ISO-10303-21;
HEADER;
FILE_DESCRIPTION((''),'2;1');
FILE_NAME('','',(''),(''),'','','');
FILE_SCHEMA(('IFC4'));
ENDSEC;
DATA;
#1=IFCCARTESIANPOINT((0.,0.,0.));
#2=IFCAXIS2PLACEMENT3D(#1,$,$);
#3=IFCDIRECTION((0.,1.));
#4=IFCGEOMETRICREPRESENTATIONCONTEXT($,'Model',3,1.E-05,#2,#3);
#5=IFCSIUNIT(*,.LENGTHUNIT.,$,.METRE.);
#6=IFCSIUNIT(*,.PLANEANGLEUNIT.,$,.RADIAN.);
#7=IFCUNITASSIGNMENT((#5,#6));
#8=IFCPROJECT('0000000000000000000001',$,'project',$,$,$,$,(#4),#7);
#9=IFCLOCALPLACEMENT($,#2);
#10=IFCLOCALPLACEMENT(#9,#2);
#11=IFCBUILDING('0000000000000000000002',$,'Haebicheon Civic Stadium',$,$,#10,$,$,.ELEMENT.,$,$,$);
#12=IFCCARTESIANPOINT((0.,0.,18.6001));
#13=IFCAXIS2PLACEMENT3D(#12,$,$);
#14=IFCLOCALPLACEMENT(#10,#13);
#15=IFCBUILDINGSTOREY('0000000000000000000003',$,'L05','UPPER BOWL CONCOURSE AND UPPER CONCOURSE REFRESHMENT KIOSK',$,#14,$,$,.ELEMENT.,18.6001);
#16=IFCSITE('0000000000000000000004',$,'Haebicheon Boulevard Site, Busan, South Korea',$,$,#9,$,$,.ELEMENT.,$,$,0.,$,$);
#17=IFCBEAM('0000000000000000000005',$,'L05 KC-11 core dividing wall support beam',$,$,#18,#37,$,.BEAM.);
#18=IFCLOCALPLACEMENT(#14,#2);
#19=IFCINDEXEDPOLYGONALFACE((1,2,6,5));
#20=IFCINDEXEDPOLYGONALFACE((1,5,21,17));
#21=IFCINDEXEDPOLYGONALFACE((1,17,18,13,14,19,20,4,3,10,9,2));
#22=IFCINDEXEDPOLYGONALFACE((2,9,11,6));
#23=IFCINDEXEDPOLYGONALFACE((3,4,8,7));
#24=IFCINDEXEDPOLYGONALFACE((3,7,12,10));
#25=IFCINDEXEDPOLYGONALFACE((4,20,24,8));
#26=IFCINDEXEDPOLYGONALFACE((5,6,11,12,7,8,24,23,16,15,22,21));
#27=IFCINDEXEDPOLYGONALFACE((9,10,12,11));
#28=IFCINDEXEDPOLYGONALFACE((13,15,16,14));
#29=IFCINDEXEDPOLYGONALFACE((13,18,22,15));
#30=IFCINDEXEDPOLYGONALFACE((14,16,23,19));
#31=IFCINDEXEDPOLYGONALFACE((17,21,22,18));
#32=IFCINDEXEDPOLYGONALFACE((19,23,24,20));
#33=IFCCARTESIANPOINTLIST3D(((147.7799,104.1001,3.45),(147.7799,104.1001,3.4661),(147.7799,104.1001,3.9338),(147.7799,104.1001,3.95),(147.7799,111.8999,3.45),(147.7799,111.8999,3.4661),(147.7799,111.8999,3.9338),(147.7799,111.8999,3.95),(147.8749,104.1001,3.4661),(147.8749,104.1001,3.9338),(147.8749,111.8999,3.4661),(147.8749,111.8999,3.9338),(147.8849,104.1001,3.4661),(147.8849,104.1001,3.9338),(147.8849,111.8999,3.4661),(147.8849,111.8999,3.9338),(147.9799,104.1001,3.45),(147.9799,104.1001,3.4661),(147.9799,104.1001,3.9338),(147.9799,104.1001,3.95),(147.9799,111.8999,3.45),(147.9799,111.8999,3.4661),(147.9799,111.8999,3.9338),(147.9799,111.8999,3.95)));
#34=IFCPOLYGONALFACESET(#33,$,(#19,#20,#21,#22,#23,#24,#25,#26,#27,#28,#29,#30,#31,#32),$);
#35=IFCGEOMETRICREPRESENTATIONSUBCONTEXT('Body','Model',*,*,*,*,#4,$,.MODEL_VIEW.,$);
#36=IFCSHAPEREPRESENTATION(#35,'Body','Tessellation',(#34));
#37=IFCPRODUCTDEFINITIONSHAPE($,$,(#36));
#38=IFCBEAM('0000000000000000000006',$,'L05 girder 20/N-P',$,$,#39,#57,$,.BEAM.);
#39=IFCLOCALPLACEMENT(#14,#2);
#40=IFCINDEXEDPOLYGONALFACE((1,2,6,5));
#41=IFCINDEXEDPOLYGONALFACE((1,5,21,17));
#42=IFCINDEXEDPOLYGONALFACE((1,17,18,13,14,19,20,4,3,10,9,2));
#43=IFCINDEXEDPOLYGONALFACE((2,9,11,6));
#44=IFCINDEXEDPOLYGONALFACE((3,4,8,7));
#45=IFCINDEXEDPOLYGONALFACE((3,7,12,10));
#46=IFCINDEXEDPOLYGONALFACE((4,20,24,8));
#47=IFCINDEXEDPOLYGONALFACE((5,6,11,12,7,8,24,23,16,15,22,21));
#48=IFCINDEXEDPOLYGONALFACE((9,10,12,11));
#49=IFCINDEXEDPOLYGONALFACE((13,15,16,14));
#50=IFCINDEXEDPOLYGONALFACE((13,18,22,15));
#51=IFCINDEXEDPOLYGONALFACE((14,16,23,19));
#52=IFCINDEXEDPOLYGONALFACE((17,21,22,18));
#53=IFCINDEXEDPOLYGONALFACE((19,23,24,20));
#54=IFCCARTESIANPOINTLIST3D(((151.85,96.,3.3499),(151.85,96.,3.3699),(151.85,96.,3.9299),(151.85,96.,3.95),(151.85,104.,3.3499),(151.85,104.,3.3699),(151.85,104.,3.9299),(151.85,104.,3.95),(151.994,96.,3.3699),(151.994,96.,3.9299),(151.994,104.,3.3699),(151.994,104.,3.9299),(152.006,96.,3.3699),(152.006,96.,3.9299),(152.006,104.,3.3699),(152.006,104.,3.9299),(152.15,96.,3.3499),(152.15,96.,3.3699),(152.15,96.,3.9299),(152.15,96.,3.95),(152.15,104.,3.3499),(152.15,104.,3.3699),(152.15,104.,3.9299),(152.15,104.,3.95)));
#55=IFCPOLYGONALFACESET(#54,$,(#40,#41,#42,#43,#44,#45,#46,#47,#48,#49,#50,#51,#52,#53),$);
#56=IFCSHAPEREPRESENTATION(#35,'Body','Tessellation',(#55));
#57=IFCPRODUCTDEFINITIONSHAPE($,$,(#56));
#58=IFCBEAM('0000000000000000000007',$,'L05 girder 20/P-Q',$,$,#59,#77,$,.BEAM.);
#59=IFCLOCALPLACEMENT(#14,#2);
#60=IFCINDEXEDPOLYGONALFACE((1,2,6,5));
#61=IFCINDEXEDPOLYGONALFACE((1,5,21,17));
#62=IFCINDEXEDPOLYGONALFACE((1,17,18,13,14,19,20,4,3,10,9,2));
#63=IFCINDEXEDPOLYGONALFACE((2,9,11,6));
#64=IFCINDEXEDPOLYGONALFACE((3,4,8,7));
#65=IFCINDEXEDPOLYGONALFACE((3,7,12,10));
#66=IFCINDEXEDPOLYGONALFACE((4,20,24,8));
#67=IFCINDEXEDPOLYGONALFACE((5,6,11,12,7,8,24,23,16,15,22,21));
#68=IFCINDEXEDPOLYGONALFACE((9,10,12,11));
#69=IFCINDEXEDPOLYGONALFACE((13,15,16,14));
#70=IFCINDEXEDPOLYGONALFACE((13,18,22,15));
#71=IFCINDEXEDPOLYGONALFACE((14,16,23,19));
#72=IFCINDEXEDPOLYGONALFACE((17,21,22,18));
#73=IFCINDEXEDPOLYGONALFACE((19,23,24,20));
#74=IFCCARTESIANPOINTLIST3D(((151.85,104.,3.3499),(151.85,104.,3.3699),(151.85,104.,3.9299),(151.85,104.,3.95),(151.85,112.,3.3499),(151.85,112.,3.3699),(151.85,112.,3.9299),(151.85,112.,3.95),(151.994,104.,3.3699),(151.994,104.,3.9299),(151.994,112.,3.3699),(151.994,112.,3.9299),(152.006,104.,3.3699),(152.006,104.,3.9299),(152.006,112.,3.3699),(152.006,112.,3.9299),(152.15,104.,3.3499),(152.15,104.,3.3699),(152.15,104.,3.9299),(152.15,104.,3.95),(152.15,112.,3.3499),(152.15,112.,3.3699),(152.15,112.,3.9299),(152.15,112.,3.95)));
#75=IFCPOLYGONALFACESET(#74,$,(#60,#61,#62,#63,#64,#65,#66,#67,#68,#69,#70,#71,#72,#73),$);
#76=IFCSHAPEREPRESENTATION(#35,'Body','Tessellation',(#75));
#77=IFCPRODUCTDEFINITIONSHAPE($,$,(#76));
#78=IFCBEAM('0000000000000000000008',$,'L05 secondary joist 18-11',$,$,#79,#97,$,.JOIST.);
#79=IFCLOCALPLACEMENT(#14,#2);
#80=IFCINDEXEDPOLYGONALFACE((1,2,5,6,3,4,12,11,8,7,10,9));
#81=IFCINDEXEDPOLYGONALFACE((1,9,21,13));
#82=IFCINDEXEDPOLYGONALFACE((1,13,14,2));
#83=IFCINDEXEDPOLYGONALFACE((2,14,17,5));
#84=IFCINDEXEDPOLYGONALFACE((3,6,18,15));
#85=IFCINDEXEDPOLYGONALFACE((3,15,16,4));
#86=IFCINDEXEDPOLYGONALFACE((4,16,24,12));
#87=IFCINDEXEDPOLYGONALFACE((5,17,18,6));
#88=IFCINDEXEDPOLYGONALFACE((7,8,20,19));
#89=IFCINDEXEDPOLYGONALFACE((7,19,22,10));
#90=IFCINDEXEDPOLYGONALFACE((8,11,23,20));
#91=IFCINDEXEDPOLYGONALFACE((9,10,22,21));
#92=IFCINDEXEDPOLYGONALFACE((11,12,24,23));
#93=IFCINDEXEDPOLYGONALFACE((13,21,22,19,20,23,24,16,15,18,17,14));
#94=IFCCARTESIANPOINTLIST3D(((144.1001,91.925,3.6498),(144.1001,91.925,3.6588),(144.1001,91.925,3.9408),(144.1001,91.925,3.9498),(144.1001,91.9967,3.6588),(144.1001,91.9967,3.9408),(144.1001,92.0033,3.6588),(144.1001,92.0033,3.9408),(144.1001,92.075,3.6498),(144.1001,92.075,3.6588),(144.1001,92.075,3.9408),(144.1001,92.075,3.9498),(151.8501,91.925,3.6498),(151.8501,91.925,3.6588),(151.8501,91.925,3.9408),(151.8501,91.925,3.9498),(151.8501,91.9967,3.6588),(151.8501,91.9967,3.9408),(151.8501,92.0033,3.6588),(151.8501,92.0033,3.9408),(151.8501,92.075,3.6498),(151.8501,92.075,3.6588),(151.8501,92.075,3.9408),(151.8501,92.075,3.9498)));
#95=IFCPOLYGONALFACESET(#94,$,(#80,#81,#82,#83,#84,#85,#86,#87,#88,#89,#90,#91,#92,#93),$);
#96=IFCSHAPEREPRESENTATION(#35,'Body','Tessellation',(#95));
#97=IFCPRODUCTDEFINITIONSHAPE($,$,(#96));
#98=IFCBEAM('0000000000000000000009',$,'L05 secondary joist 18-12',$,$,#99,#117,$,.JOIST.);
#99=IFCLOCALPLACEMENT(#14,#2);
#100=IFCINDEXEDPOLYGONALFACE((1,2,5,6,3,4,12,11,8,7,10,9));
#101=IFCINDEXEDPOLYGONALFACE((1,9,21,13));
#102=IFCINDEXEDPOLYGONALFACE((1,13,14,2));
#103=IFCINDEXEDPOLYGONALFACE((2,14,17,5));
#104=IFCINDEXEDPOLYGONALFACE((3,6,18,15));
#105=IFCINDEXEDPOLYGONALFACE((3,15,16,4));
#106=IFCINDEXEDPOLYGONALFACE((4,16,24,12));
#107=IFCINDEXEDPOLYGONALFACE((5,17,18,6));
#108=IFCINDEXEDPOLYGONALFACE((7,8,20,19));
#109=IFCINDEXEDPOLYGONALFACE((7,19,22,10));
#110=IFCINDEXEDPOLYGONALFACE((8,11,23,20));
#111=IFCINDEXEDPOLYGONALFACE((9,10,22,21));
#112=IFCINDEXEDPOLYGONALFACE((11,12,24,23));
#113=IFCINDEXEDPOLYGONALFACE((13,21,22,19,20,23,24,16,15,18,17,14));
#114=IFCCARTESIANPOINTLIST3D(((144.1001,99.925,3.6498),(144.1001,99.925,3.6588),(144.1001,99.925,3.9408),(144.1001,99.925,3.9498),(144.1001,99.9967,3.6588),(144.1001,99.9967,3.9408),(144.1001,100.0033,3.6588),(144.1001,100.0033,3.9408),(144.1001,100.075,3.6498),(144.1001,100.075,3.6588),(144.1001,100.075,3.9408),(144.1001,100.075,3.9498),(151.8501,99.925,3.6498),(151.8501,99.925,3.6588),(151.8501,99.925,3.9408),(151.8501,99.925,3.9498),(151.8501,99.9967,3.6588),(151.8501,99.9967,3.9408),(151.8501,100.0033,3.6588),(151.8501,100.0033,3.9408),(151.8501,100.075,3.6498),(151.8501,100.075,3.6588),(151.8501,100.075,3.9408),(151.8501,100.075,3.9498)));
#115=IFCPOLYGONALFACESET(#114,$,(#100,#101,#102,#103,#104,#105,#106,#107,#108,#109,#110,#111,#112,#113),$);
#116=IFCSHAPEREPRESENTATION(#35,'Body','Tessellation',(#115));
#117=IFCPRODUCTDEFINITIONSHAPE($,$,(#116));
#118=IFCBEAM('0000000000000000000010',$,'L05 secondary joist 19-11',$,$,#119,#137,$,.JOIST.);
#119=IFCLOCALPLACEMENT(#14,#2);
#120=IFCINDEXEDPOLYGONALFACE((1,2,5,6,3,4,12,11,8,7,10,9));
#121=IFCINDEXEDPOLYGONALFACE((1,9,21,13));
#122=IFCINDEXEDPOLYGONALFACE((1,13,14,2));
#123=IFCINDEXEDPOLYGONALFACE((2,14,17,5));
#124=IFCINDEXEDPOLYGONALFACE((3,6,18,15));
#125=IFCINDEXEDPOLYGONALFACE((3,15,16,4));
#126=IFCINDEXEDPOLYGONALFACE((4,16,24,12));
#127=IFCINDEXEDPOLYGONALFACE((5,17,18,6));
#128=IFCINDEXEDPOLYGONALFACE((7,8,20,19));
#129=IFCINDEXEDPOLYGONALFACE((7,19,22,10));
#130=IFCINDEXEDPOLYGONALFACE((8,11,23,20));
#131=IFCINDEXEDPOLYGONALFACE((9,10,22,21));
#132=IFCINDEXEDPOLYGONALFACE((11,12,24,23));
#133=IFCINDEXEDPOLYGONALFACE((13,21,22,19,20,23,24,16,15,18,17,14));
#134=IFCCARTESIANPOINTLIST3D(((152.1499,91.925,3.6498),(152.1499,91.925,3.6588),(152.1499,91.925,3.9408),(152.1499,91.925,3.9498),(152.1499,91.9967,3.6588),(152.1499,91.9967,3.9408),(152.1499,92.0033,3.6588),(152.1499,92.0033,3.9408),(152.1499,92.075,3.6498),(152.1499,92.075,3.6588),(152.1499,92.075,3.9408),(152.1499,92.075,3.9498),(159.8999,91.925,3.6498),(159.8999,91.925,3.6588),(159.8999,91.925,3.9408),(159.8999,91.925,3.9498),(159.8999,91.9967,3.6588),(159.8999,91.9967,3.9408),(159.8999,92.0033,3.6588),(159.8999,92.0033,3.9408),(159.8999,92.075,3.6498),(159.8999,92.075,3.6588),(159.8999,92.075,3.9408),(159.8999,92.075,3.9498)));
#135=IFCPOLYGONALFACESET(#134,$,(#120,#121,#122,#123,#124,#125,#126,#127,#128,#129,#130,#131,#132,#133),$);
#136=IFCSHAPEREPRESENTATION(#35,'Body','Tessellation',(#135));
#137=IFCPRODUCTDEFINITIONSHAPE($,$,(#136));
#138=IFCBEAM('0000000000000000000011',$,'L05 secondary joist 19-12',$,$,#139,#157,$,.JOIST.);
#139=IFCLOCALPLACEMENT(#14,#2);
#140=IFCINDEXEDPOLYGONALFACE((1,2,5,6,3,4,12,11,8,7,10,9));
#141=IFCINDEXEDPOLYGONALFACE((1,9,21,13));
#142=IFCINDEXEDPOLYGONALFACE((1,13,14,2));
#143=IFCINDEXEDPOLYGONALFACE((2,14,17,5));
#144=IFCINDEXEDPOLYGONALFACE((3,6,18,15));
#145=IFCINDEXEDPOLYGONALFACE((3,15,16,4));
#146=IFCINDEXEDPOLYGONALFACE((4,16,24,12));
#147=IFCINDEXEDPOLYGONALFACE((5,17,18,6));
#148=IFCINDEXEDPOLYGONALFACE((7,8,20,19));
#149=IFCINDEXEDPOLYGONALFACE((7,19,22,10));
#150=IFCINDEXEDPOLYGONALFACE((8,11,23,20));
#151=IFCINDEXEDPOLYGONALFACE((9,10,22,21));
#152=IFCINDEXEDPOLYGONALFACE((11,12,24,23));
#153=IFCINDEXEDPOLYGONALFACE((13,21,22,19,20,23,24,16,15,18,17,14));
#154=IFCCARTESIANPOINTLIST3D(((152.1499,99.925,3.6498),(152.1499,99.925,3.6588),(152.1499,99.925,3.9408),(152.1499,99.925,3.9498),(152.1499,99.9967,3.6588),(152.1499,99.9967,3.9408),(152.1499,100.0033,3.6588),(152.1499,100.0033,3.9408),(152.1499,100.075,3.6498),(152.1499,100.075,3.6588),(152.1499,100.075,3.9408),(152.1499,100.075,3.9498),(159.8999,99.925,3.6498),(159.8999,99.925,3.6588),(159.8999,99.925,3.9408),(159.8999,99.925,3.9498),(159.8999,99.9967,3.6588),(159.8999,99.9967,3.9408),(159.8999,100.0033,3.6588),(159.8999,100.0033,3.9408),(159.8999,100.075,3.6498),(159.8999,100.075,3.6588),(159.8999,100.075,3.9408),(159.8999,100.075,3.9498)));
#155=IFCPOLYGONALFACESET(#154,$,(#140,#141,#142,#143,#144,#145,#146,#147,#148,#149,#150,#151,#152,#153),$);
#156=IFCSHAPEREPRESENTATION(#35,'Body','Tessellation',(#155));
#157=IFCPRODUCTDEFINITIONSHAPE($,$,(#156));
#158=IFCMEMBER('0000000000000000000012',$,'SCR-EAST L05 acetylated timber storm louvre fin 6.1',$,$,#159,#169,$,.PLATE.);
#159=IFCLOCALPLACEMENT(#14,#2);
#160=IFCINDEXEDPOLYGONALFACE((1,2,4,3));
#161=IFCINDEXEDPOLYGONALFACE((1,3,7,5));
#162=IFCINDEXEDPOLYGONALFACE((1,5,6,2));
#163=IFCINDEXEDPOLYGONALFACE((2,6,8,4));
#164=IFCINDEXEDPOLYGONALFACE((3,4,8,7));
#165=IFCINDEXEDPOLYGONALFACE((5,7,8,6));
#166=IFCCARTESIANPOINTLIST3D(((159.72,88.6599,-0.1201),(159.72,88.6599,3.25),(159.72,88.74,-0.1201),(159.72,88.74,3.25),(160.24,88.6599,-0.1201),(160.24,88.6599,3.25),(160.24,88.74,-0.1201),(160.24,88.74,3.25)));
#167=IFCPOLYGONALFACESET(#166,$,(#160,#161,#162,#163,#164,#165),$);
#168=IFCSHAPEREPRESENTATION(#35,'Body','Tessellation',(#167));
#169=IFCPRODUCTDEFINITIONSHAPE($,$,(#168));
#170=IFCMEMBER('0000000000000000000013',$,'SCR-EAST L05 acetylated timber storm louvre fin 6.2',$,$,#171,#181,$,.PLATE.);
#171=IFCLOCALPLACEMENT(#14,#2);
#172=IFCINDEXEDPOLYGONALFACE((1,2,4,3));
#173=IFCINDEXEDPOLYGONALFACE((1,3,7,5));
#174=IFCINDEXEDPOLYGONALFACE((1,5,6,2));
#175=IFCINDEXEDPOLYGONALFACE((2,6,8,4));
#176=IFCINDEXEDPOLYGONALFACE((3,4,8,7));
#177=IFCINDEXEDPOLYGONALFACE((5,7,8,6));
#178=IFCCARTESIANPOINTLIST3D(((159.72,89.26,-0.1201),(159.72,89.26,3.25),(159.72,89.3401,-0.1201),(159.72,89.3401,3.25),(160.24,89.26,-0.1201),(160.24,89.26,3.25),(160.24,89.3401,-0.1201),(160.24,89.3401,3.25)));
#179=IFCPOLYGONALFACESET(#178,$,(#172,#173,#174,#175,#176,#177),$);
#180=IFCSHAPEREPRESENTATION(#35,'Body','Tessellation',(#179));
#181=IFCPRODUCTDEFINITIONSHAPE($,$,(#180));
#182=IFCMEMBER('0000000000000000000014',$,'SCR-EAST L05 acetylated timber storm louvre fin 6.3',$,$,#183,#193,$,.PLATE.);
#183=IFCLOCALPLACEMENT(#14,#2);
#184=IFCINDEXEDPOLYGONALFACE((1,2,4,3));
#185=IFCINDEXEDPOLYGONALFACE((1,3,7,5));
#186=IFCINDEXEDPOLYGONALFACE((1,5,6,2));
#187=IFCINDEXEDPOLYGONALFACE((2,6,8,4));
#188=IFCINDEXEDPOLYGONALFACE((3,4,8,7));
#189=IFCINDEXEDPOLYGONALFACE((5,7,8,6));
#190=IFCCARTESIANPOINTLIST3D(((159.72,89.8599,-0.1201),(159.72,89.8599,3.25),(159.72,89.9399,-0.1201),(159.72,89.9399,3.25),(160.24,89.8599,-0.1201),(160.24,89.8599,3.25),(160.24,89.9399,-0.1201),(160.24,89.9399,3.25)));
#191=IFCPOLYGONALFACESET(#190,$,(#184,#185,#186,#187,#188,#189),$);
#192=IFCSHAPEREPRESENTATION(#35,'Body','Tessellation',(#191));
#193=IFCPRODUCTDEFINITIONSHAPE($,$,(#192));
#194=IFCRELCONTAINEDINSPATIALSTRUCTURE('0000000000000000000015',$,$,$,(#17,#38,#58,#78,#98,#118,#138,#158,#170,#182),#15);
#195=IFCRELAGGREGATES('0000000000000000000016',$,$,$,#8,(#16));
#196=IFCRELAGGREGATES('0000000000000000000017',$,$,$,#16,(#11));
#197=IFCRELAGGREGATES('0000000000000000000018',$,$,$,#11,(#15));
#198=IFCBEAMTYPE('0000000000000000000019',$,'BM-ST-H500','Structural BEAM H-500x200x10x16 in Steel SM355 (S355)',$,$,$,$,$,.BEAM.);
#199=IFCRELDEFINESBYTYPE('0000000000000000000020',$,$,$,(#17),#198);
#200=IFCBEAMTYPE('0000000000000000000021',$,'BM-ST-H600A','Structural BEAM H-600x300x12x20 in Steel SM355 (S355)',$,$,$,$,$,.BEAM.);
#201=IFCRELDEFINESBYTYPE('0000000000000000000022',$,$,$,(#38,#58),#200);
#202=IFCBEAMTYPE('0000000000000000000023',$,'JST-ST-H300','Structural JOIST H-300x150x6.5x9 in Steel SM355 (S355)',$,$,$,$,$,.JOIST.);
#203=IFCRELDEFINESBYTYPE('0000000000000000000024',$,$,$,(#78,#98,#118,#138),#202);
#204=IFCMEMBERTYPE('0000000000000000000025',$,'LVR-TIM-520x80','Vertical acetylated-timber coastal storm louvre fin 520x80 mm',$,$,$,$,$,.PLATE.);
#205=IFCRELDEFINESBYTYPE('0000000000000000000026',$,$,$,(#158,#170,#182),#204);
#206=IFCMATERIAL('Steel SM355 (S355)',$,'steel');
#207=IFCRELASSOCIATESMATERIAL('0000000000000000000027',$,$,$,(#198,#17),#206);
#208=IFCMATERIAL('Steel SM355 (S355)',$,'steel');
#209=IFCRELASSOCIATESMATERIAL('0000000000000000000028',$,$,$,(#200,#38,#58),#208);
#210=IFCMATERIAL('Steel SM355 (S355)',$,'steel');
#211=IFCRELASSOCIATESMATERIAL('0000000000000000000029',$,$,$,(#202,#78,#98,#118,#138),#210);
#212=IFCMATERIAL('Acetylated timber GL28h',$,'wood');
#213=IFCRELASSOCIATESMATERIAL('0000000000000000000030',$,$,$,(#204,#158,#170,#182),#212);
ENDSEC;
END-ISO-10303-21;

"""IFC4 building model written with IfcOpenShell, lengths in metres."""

from ifc_helpers import new_model, si_unit, direction, frame, origin, origin_2d, place, context, subcontext, project, spatial, rectangle, i_section, extrude, material, material_profile, profile_set, type_object, element, save


model = new_model("IFC4")

# Units and contexts
model_context = context("Model", 3, precision=1e-05, world=origin(), true_north=direction((0.0, 1.0)))
body_context = subcontext(model_context, "Body", "Model", "MODEL_VIEW")
ifc_project = project(units=[si_unit("LENGTHUNIT", "METRE"), si_unit("PLANEANGLEUNIT", "RADIAN")], contexts=[model_context])

# Site, building, storey
site_placement = place(None, origin())
site = spatial("IfcSite", under=ifc_project, at=site_placement, Name="Haebicheon Boulevard Site, Busan, South Korea", CompositionType="ELEMENT", RefElevation=0.0)
building_placement = place(site_placement, origin())
building = spatial("IfcBuilding", under=site, at=building_placement, Name="Haebicheon Civic Stadium", CompositionType="ELEMENT")
storey_placement = place(building_placement, frame((0.0, 0.0, 18.6001)))
storey = spatial("IfcBuildingStorey", under=building, at=storey_placement, Name="L05", Description="UPPER BOWL CONCOURSE AND UPPER CONCOURSE REFRESHMENT KIOSK", CompositionType="ELEMENT", Elevation=18.6001)

# Beams
ifc_material_1 = material(Name="Steel SM355 (S355)", Category="steel")
ifc_material_profile_1 = material_profile(ifc_material_1, i_section(OverallWidth=0.2, OverallDepth=0.5, WebThickness=0.01, FlangeThickness=0.0161, at=origin_2d()), Name="H-500x200x10x16")
ifc_profile_set_1 = profile_set([ifc_material_profile_1], Name="Steel SM355 (S355)")
beam_type_1 = type_object("IfcBeamType", Name="BM-ST-H500", Description="Structural BEAM H-500x200x10x16 in Steel SM355 (S355)", PredefinedType="BEAM", material=ifc_profile_set_1)
beam_placement = place(storey_placement, frame((147.8799, 104.1001, 3.7), z_axis=(0.0, 1.0, 0.0), x_axis=(-1.0, 0.0, 0.0)))
element("IfcBeam", 1, at=beam_placement, inside=storey, type_object=beam_type_1, material=ifc_profile_set_1, Name="L05 KC-11 core dividing wall support beam", PredefinedType="BEAM", context=body_context, shape_type="SweptSolid", body=[
    extrude(i_section(OverallWidth=0.2, OverallDepth=0.5, WebThickness=0.01, FlangeThickness=0.0161, at=origin_2d()), origin(), (0.0, 0.0, 1.0), 7.7998),
])
ifc_material_2 = material(Name="Steel SM355 (S355)", Category="steel")
ifc_material_profile_2 = material_profile(ifc_material_2, i_section(OverallWidth=0.3, OverallDepth=0.6001, WebThickness=0.012, FlangeThickness=0.02, at=origin_2d()), Name="H-600x300x12x20")
ifc_profile_set_2 = profile_set([ifc_material_profile_2], Name="Steel SM355 (S355)")
beam_type_2 = type_object("IfcBeamType", Name="BM-ST-H600A", Description="Structural BEAM H-600x300x12x20 in Steel SM355 (S355)", PredefinedType="BEAM", material=ifc_profile_set_2)
for number, where, z_axis, x_axis, name in (
    (2, (152.0, 96.0, 3.6499), (0.0, 1.0, 0.0), (-1.0, 0.0, 0.0), "L05 girder 20/N-P"),
    (3, (152.0, 104.0, 3.6499), (0.0, 1.0, 0.0), (-1.0, 0.0, 0.0), "L05 girder 20/P-Q"),
):
    element("IfcBeam", number, at=place(storey_placement, frame(where, z_axis=z_axis, x_axis=x_axis)), inside=storey, type_object=beam_type_2, material=ifc_profile_set_2, Name=name, PredefinedType="BEAM", context=body_context, shape_type="SweptSolid", body=[
        extrude(i_section(OverallWidth=0.3, OverallDepth=0.6001, WebThickness=0.012, FlangeThickness=0.02, at=origin_2d()), origin(), (0.0, 0.0, 1.0), 8.0),
    ])
ifc_material_3 = material(Name="Steel SM355 (S355)", Category="steel")
ifc_material_profile_3 = material_profile(ifc_material_3, i_section(OverallWidth=0.1499, OverallDepth=0.3, WebThickness=0.0066, FlangeThickness=0.009, at=origin_2d()), Name="H-300x150x6.5x9")
ifc_profile_set_3 = profile_set([ifc_material_profile_3], Name="Steel SM355 (S355)")
beam_type_3 = type_object("IfcBeamType", Name="JST-ST-H300", Description="Structural JOIST H-300x150x6.5x9 in Steel SM355 (S355)", PredefinedType="JOIST", material=ifc_profile_set_3)
for number, where, z_axis, x_axis, name in (
    (4, (144.1001, 92.0, 3.7998), (1.0, 0.0, 0.0), (0.0, 1.0, 0.0), "L05 secondary joist 18-11"),
    (5, (144.1001, 100.0, 3.7998), (1.0, 0.0, 0.0), (0.0, 1.0, 0.0), "L05 secondary joist 18-12"),
    (6, (152.1499, 92.0, 3.7998), (1.0, 0.0, 0.0), (0.0, 1.0, 0.0), "L05 secondary joist 19-11"),
    (7, (152.1499, 100.0, 3.7998), (1.0, 0.0, 0.0), (0.0, 1.0, 0.0), "L05 secondary joist 19-12"),
):
    element("IfcBeam", number, at=place(storey_placement, frame(where, z_axis=z_axis, x_axis=x_axis)), inside=storey, type_object=beam_type_3, material=ifc_profile_set_3, Name=name, PredefinedType="JOIST", context=body_context, shape_type="SweptSolid", body=[
        extrude(i_section(OverallWidth=0.1499, OverallDepth=0.3, WebThickness=0.0066, FlangeThickness=0.009, at=origin_2d()), origin(), (0.0, 0.0, 1.0), 7.75),
    ])

# Members
ifc_material_4 = material(Name="Acetylated timber GL28h", Category="wood")
ifc_material_profile_4 = material_profile(ifc_material_4, rectangle(XDim=0.0801, YDim=0.52, at=origin_2d()), Name="TMB-LOUV-80x520")
ifc_profile_set_4 = profile_set([ifc_material_profile_4], Name="Acetylated timber GL28h")
member_type = type_object("IfcMemberType", Name="LVR-TIM-520x80", Description="Vertical acetylated-timber coastal storm louvre fin 520x80 mm", PredefinedType="PLATE", material=ifc_profile_set_4)
for number, where, z_axis, x_axis, name in (
    (8, (159.98, 88.7, -0.1201), (0.0, 0.0, 1.0), (0.0, 1.0, 0.0), "SCR-EAST L05 acetylated timber storm louvre fin 6.1"),
    (9, (159.98, 89.3, -0.1201), (0.0, 0.0, 1.0), (0.0, 1.0, 0.0), "SCR-EAST L05 acetylated timber storm louvre fin 6.2"),
    (10, (159.98, 89.8999, -0.1201), (0.0, 0.0, 1.0), (0.0, 1.0, 0.0), "SCR-EAST L05 acetylated timber storm louvre fin 6.3"),
):
    element("IfcMember", number, at=place(storey_placement, frame(where, z_axis=z_axis, x_axis=x_axis)), inside=storey, type_object=member_type, material=ifc_profile_set_4, Name=name, PredefinedType="PLATE", context=body_context, shape_type="SweptSolid", body=[
        extrude(rectangle(XDim=0.0801, YDim=0.52, at=origin_2d()), origin(), (0.0, 0.0, 1.0), 3.3701),
    ])

save(model, "model.ifc")
